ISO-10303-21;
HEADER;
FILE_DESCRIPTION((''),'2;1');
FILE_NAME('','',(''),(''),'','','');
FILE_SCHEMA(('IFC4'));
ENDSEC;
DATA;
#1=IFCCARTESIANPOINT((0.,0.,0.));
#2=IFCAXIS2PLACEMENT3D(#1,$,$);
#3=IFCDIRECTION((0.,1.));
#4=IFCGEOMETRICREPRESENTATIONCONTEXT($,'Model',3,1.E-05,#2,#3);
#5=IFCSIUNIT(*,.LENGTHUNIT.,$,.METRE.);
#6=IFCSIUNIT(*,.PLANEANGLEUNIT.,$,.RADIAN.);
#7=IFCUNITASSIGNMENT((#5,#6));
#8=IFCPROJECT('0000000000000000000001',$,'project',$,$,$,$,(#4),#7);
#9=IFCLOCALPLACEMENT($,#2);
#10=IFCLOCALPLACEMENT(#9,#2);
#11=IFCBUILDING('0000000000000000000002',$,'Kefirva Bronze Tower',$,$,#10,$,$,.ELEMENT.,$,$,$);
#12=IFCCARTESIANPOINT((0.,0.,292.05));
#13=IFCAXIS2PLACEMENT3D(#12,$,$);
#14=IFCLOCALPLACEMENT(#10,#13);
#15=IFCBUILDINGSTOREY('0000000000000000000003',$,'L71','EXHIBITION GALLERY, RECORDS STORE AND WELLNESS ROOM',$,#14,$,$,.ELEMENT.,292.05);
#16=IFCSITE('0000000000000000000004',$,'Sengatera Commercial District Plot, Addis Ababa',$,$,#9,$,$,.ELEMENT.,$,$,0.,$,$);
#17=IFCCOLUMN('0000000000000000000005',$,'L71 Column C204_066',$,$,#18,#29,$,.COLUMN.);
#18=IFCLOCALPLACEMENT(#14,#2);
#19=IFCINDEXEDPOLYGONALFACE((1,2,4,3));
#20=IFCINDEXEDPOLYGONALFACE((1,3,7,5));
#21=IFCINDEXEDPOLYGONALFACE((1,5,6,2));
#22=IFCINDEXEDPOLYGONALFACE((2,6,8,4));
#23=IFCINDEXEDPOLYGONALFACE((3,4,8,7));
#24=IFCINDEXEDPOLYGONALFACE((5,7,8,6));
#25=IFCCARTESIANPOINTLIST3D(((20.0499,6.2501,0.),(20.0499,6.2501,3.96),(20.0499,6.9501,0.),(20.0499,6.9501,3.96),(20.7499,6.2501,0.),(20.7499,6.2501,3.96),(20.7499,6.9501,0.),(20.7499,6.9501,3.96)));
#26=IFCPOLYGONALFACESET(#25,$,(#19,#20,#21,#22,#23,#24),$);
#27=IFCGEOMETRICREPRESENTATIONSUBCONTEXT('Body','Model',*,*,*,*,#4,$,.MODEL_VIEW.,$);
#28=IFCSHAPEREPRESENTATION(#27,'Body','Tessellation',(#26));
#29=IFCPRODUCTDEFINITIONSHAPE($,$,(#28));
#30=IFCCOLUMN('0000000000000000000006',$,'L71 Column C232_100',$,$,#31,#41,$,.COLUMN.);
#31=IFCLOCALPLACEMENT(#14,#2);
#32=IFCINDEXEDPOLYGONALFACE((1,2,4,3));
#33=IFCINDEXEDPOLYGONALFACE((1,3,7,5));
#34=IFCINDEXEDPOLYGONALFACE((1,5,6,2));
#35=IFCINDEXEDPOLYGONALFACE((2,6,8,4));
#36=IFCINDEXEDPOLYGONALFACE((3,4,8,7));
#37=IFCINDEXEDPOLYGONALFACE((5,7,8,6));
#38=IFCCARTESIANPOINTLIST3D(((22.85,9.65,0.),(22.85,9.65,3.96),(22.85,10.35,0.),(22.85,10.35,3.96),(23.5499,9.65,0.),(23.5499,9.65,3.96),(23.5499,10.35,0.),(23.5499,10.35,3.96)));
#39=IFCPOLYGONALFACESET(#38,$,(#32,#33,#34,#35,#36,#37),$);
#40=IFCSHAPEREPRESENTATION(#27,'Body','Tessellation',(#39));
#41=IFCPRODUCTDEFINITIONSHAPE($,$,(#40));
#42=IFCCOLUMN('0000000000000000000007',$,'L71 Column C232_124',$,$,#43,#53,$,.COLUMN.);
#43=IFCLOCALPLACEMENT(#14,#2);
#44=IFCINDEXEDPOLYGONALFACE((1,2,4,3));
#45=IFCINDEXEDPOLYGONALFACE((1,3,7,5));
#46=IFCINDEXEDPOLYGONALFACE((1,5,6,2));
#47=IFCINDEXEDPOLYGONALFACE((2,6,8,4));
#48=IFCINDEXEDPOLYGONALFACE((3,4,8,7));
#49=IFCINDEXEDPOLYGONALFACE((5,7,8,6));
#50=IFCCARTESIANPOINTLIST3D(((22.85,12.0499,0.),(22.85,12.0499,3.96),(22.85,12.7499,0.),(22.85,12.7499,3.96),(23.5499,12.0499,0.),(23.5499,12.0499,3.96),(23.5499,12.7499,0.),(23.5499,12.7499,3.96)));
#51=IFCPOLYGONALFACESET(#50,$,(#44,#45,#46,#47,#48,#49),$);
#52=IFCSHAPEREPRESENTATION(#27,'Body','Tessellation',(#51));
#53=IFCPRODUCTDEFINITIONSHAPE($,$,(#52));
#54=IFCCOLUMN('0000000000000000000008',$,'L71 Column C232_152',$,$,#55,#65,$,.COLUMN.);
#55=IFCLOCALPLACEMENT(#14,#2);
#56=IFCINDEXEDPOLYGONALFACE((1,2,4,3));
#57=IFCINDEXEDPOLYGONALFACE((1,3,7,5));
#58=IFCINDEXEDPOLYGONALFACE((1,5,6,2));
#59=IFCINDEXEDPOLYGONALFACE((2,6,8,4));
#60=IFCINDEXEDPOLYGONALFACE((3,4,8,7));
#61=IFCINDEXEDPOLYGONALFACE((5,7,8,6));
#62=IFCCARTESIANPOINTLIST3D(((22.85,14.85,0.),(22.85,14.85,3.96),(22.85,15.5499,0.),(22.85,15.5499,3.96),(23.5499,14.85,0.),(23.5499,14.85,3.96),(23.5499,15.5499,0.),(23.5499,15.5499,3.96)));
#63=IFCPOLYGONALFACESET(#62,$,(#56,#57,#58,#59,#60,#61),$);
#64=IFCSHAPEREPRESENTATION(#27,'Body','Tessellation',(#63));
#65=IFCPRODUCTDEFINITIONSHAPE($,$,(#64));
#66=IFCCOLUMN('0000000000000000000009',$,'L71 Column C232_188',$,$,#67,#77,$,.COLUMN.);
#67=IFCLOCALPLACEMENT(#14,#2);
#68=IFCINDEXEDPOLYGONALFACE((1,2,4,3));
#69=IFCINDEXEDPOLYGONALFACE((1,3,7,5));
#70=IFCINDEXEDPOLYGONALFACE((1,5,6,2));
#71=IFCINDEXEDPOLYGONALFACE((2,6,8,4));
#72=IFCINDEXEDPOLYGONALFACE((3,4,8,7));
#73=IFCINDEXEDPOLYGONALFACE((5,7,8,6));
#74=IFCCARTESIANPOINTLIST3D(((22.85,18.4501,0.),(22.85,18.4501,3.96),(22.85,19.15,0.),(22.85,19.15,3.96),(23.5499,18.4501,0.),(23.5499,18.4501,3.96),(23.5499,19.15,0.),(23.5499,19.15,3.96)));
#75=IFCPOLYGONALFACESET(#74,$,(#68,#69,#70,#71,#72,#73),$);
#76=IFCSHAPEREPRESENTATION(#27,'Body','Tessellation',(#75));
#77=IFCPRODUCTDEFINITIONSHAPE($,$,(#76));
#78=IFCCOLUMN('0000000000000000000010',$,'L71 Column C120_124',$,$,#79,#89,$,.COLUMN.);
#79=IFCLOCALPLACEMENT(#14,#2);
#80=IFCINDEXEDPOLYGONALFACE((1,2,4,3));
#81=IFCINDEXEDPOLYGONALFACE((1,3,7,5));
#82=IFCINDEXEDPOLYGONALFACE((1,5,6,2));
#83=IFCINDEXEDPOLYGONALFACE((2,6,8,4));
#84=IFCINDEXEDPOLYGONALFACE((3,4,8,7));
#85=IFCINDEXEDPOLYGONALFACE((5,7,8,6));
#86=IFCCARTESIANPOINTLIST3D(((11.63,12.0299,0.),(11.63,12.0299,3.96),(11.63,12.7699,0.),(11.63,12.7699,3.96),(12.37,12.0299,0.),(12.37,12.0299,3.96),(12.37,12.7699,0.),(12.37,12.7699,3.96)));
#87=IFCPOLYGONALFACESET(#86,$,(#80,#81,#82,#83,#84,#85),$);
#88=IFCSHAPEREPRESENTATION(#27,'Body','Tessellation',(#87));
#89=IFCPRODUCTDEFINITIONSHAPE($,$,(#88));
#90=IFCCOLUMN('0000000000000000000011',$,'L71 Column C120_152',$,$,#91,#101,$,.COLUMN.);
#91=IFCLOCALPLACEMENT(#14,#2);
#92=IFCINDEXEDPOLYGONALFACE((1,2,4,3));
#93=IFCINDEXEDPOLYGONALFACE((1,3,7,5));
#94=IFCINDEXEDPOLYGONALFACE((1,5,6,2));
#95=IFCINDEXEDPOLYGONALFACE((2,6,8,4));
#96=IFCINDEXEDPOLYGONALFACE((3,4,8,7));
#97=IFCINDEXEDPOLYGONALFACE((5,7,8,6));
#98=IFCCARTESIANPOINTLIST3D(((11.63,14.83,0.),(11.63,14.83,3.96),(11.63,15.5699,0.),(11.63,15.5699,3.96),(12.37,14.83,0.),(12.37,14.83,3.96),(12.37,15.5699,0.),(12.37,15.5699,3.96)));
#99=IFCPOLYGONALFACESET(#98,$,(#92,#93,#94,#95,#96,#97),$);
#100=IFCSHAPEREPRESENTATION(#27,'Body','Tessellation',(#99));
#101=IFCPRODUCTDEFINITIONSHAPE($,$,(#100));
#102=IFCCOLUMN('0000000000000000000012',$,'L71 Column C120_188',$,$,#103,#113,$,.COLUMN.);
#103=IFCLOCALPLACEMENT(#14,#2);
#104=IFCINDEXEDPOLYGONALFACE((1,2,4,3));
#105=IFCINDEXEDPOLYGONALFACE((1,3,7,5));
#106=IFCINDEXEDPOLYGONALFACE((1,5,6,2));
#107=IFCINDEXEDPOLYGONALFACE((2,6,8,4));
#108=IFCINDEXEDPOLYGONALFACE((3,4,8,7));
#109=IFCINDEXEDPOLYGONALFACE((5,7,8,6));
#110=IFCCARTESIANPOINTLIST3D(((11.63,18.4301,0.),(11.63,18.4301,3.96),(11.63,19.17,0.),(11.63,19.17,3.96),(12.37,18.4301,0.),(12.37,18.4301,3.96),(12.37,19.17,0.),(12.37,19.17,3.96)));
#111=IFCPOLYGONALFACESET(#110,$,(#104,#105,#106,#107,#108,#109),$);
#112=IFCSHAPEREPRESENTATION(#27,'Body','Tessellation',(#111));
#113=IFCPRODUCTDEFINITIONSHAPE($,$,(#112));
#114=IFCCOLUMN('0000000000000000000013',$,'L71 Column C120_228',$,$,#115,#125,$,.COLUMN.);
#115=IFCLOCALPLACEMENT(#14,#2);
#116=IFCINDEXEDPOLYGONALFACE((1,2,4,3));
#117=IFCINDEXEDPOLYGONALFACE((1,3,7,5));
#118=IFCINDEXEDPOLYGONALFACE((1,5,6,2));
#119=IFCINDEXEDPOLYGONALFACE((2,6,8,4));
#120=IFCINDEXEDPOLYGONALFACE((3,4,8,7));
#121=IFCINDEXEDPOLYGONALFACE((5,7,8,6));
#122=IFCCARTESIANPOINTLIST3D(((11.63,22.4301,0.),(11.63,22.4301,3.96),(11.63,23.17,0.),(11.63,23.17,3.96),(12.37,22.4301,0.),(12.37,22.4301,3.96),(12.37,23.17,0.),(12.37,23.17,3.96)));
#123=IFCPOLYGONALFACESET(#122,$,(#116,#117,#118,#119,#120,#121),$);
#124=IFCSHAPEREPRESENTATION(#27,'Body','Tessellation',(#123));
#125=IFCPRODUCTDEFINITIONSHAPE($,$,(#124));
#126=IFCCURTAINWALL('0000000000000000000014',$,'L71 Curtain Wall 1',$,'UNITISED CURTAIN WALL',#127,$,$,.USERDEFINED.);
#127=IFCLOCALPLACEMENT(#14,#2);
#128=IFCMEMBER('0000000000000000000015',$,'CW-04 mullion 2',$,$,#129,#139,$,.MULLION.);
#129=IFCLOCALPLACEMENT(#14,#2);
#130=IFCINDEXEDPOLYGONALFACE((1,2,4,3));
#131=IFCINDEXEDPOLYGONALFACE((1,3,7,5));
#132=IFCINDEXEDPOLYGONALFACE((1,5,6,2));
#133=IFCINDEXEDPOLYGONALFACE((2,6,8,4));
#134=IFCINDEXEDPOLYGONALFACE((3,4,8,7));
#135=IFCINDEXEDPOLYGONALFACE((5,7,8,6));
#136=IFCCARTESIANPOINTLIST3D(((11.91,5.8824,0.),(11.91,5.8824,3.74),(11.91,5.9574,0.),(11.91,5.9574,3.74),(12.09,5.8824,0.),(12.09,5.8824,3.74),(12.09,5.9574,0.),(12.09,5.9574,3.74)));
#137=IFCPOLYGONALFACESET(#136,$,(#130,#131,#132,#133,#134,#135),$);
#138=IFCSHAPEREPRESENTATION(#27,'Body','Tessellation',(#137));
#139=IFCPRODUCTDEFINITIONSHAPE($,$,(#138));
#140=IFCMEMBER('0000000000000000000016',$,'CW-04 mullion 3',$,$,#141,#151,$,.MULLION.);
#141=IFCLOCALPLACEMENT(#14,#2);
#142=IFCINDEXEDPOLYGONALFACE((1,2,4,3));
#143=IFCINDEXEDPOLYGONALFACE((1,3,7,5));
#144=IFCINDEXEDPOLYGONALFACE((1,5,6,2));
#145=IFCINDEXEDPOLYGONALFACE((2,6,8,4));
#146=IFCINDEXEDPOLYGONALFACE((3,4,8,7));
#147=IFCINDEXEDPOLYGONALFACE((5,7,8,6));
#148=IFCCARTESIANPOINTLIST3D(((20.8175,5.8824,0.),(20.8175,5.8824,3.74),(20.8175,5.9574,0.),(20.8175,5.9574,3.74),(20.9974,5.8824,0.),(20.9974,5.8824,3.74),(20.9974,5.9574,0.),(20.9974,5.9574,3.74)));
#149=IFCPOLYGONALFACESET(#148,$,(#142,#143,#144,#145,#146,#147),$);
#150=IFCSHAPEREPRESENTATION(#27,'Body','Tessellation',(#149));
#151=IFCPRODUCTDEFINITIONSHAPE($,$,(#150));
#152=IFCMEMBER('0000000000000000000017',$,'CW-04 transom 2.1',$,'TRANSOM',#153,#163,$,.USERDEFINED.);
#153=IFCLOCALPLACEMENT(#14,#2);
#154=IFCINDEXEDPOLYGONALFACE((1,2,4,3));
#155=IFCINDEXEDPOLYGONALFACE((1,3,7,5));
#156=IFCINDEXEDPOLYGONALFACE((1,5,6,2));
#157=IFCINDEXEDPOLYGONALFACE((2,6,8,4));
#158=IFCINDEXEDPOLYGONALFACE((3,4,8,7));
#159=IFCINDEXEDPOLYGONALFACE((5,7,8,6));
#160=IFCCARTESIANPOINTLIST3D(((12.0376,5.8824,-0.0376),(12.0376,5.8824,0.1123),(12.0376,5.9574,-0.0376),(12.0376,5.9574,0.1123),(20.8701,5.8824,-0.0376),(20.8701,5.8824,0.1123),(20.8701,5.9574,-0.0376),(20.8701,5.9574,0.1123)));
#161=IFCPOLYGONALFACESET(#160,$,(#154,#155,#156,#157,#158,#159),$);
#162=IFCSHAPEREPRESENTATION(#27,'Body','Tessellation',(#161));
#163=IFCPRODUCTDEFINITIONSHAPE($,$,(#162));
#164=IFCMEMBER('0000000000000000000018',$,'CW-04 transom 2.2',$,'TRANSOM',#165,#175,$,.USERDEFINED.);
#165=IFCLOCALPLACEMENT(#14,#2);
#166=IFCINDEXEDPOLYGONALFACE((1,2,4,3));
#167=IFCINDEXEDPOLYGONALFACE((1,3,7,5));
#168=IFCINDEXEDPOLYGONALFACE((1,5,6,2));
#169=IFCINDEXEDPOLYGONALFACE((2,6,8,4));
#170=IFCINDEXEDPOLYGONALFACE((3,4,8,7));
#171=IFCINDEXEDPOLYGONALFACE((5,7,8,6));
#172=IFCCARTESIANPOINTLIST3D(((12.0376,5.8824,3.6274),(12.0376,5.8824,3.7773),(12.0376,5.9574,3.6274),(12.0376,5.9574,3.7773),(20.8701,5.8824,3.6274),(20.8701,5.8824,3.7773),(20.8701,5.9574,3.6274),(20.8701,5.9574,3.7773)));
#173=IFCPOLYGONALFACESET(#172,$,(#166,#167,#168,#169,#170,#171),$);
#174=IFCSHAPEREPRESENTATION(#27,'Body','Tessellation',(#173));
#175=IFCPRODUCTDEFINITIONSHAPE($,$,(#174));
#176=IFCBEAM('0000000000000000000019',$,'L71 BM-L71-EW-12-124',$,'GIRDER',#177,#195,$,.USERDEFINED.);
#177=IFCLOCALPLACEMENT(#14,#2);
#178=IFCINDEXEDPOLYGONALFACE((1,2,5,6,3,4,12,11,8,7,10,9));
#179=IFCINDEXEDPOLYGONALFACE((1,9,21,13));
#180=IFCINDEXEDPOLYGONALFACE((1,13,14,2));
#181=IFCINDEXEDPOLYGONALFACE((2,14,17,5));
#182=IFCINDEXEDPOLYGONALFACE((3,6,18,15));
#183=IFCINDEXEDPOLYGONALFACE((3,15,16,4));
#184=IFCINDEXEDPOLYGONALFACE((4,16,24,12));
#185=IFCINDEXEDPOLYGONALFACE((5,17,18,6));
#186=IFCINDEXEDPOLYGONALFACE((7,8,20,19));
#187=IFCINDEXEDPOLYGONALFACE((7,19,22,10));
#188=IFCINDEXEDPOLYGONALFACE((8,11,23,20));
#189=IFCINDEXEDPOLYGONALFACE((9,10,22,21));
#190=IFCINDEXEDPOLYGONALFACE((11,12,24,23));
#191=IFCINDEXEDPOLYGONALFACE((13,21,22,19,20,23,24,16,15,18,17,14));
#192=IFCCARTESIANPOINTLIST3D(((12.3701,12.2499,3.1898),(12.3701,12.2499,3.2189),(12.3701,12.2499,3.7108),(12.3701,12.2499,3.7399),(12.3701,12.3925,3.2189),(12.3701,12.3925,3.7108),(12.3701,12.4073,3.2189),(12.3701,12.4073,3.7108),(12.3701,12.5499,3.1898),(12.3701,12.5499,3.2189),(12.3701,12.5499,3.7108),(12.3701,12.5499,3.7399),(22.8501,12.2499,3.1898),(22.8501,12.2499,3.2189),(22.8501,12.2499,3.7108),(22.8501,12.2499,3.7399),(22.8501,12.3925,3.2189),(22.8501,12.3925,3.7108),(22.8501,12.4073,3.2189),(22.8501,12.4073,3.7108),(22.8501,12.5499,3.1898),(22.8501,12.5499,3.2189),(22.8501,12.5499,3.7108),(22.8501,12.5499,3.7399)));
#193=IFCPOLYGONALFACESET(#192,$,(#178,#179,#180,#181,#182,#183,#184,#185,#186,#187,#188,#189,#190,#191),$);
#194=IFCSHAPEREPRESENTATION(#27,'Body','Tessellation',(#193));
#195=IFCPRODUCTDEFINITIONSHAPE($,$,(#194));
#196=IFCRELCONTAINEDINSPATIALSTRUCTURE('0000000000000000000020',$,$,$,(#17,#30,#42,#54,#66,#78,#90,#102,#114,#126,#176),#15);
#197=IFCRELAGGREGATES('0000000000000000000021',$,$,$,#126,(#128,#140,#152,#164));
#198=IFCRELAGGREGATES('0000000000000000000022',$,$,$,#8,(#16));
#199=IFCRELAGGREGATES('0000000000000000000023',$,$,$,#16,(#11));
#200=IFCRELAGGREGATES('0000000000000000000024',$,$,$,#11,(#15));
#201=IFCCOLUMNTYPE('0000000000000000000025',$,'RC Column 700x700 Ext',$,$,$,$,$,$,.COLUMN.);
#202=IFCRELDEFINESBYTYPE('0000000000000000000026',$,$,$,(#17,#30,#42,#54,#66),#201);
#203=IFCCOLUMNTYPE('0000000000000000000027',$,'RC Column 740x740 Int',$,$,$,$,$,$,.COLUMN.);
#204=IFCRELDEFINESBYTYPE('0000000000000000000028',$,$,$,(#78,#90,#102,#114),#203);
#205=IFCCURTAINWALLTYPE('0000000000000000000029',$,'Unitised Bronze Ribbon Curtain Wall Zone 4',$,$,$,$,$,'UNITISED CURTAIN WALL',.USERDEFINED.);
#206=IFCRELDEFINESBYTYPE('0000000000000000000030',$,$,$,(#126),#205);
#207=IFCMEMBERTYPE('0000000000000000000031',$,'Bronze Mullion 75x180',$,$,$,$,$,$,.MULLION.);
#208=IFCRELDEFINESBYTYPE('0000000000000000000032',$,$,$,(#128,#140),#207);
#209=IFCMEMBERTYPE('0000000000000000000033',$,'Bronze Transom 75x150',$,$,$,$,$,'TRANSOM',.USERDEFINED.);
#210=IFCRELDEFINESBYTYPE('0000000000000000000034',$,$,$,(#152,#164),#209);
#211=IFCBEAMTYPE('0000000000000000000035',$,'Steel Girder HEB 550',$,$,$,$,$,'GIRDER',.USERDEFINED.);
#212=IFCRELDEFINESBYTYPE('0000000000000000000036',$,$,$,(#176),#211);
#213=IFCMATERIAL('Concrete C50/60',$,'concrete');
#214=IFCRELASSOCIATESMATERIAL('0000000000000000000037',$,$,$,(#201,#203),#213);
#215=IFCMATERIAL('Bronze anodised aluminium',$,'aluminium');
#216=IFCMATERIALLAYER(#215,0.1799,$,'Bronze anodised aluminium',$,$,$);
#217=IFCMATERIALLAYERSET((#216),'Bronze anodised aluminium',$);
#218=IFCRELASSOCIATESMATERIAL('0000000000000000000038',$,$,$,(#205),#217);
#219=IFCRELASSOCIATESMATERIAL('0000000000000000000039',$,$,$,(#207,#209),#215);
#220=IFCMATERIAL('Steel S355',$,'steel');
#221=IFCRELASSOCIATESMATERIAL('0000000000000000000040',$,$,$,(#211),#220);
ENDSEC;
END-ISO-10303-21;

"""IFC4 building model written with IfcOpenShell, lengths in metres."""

from ifc_helpers import new_model, si_unit, direction, frame, origin, origin_2d, place, context, subcontext, project, spatial, rectangle, i_section, extrude, material, layer, layer_set, material_profile, profile_set, type_object, element, aggregate, save


model = new_model("IFC4")

# Units and contexts
model_context = context("Model", 3, precision=1e-05, world=origin(), true_north=direction((0.0, 1.0)))
body_context = subcontext(model_context, "Body", "Model", "MODEL_VIEW")
ifc_project = project(units=[si_unit("LENGTHUNIT", "METRE"), si_unit("PLANEANGLEUNIT", "RADIAN")], contexts=[model_context])

# Site, building, storey
site_placement = place(None, origin())
site = spatial("IfcSite", under=ifc_project, at=site_placement, Name="Sengatera Commercial District Plot, Addis Ababa", CompositionType="ELEMENT", RefElevation=0.0)
building_placement = place(site_placement, origin())
building = spatial("IfcBuilding", under=site, at=building_placement, Name="Kefirva Bronze Tower", CompositionType="ELEMENT")
storey_placement = place(building_placement, frame((0.0, 0.0, 292.05)))
storey = spatial("IfcBuildingStorey", under=building, at=storey_placement, Name="L71", Description="EXHIBITION GALLERY, RECORDS STORE AND WELLNESS ROOM", CompositionType="ELEMENT", Elevation=292.05)

# Columns
ifc_material_1 = material(Name="Concrete C50/60", Category="concrete")
ifc_material_profile_1 = material_profile(ifc_material_1, rectangle(XDim=0.7, YDim=0.7, at=origin_2d()), Name="RC 700x700")
ifc_profile_set_1 = profile_set([ifc_material_profile_1], Name="Concrete C50/60")
column_type_1 = type_object("IfcColumnType", Name="RC Column 700x700 Ext", PredefinedType="COLUMN", material=ifc_profile_set_1)
for number, where, z_axis, x_axis, name in (
    (1, (20.3999, 6.6001, 0.0), (0.0, 0.0, 1.0), (1.0, 0.0, 0.0), "L71 Column C204_066"),
    (2, (23.2, 10.0, 0.0), (0.0, 0.0, 1.0), (1.0, 0.0, 0.0), "L71 Column C232_100"),
    (3, (23.2, 12.3999, 0.0), (0.0, 0.0, 1.0), (1.0, 0.0, 0.0), "L71 Column C232_124"),
    (4, (23.2, 15.2, 0.0), (0.0, 0.0, 1.0), (1.0, 0.0, 0.0), "L71 Column C232_152"),
    (5, (23.2, 18.8, 0.0), (0.0, 0.0, 1.0), (1.0, 0.0, 0.0), "L71 Column C232_188"),
):
    element("IfcColumn", number, at=place(storey_placement, frame(where, z_axis=z_axis, x_axis=x_axis)), inside=storey, type_object=column_type_1, Name=name, PredefinedType="COLUMN", context=body_context, shape_type="SweptSolid", body=[
        extrude(rectangle(XDim=0.7, YDim=0.7, at=origin_2d()), origin(), (0.0, 0.0, 1.0), 3.96),
    ])
ifc_material_profile_2 = material_profile(ifc_material_1, rectangle(XDim=0.74, YDim=0.74, at=origin_2d()), Name="RC 740x740")
ifc_profile_set_2 = profile_set([ifc_material_profile_2], Name="Concrete C50/60")
column_type_2 = type_object("IfcColumnType", Name="RC Column 740x740 Int", PredefinedType="COLUMN", material=ifc_profile_set_2)
for number, where, z_axis, x_axis, name in (
    (6, (12.0, 12.3999, 0.0), (0.0, 0.0, 1.0), (1.0, 0.0, 0.0), "L71 Column C120_124"),
    (7, (12.0, 15.2, 0.0), (0.0, 0.0, 1.0), (1.0, 0.0, 0.0), "L71 Column C120_152"),
    (8, (12.0, 18.8, 0.0), (0.0, 0.0, 1.0), (1.0, 0.0, 0.0), "L71 Column C120_188"),
    (9, (12.0, 22.8, 0.0), (0.0, 0.0, 1.0), (1.0, 0.0, 0.0), "L71 Column C120_228"),
):
    element("IfcColumn", number, at=place(storey_placement, frame(where, z_axis=z_axis, x_axis=x_axis)), inside=storey, type_object=column_type_2, Name=name, PredefinedType="COLUMN", context=body_context, shape_type="SweptSolid", body=[
        extrude(rectangle(XDim=0.74, YDim=0.74, at=origin_2d()), origin(), (0.0, 0.0, 1.0), 3.96),
    ])

# Curtain wall, members
ifc_material_2 = material(Name="Bronze anodised aluminium", Category="aluminium")
ifc_layer_1 = layer(ifc_material_2, 0.1799, Name="Bronze anodised aluminium")
ifc_layer_set_1 = layer_set([ifc_layer_1], Name="Bronze anodised aluminium")
curtain_wall_type = type_object("IfcCurtainWallType", Name="Unitised Bronze Ribbon Curtain Wall Zone 4", ElementType="UNITISED CURTAIN WALL", PredefinedType="USERDEFINED", material=ifc_layer_set_1)
curtain_wall_placement = place(storey_placement, origin())
curtain_wall = element("IfcCurtainWall", 10, at=curtain_wall_placement, inside=storey, type_object=curtain_wall_type, Name="L71 Curtain Wall 1", ObjectType="UNITISED CURTAIN WALL", PredefinedType="USERDEFINED")
ifc_material_profile_3 = material_profile(ifc_material_2, rectangle(XDim=0.075, YDim=0.1799, at=origin_2d()), Name="ALU 75x180")
ifc_profile_set_3 = profile_set([ifc_material_profile_3], Name="Bronze anodised aluminium")
member_type_1 = type_object("IfcMemberType", Name="Bronze Mullion 75x180", PredefinedType="MULLION", material=ifc_profile_set_3)
member_1_placement = place(storey_placement, frame((12.0, 5.9199, 0.0), z_axis=(0.0, 0.0, 1.0), x_axis=(0.0, 1.0, 0.0)))
member_1 = element("IfcMember", 11, at=member_1_placement, type_object=member_type_1, Name="CW-04 mullion 2", PredefinedType="MULLION", context=body_context, shape_type="SweptSolid", body=[
    extrude(rectangle(XDim=0.075, YDim=0.1799, at=origin_2d()), origin(), (0.0, 0.0, 1.0), 3.74),
])
member_2_placement = place(storey_placement, frame((20.9075, 5.9199, 0.0), z_axis=(0.0, 0.0, 1.0), x_axis=(0.0, 1.0, 0.0)))
member_2 = element("IfcMember", 12, at=member_2_placement, type_object=member_type_1, Name="CW-04 mullion 3", PredefinedType="MULLION", context=body_context, shape_type="SweptSolid", body=[
    extrude(rectangle(XDim=0.075, YDim=0.1799, at=origin_2d()), origin(), (0.0, 0.0, 1.0), 3.74),
])
ifc_material_profile_4 = material_profile(ifc_material_2, rectangle(XDim=0.075, YDim=0.1499, at=origin_2d()), Name="ALU 75x150")
ifc_profile_set_4 = profile_set([ifc_material_profile_4], Name="Bronze anodised aluminium")
member_type_2 = type_object("IfcMemberType", Name="Bronze Transom 75x150", ElementType="TRANSOM", PredefinedType="USERDEFINED", material=ifc_profile_set_4)
member_3_placement = place(storey_placement, frame((12.0376, 5.9199, 0.0374), z_axis=(1.0, 0.0, 0.0), x_axis=(0.0, 1.0, 0.0)))
member_3 = element("IfcMember", 13, at=member_3_placement, type_object=member_type_2, Name="CW-04 transom 2.1", ObjectType="TRANSOM", PredefinedType="USERDEFINED", context=body_context, shape_type="SweptSolid", body=[
    extrude(rectangle(XDim=0.075, YDim=0.1499, at=origin_2d()), origin(), (0.0, 0.0, 1.0), 8.8325),
])
member_4_placement = place(storey_placement, frame((12.0376, 5.9199, 3.7024), z_axis=(1.0, 0.0, 0.0), x_axis=(0.0, 1.0, 0.0)))
member_4 = element("IfcMember", 14, at=member_4_placement, type_object=member_type_2, Name="CW-04 transom 2.2", ObjectType="TRANSOM", PredefinedType="USERDEFINED", context=body_context, shape_type="SweptSolid", body=[
    extrude(rectangle(XDim=0.075, YDim=0.1499, at=origin_2d()), origin(), (0.0, 0.0, 1.0), 8.8325),
])

# Beam
ifc_material_3 = material(Name="Steel S355", Category="steel")
ifc_material_profile_5 = material_profile(ifc_material_3, i_section(OverallWidth=0.3, OverallDepth=0.55, WebThickness=0.0149, FlangeThickness=0.0291, at=origin_2d()), Name="HEB 550")
ifc_profile_set_5 = profile_set([ifc_material_profile_5], Name="Steel S355")
beam_type_1 = type_object("IfcBeamType", Name="Steel Girder HEB 550", ElementType="GIRDER", PredefinedType="USERDEFINED", material=ifc_profile_set_5)
for number, where, z_axis, x_axis, name in (
    (15, (12.3701, 12.3999, 3.4648), (1.0, 0.0, 0.0), (0.0, 1.0, 0.0), "L71 BM-L71-EW-12-124"),
):
    element("IfcBeam", number, at=place(storey_placement, frame(where, z_axis=z_axis, x_axis=x_axis)), inside=storey, type_object=beam_type_1, Name=name, ObjectType="GIRDER", PredefinedType="USERDEFINED", context=body_context, shape_type="SweptSolid", body=[
        extrude(i_section(OverallWidth=0.3, OverallDepth=0.55, WebThickness=0.0149, FlangeThickness=0.0291, at=origin_2d()), origin(), (0.0, 0.0, 1.0), 10.48),
    ])

aggregate(curtain_wall, [member_1, member_2, member_3, member_4])

save(model, "model.ifc")
